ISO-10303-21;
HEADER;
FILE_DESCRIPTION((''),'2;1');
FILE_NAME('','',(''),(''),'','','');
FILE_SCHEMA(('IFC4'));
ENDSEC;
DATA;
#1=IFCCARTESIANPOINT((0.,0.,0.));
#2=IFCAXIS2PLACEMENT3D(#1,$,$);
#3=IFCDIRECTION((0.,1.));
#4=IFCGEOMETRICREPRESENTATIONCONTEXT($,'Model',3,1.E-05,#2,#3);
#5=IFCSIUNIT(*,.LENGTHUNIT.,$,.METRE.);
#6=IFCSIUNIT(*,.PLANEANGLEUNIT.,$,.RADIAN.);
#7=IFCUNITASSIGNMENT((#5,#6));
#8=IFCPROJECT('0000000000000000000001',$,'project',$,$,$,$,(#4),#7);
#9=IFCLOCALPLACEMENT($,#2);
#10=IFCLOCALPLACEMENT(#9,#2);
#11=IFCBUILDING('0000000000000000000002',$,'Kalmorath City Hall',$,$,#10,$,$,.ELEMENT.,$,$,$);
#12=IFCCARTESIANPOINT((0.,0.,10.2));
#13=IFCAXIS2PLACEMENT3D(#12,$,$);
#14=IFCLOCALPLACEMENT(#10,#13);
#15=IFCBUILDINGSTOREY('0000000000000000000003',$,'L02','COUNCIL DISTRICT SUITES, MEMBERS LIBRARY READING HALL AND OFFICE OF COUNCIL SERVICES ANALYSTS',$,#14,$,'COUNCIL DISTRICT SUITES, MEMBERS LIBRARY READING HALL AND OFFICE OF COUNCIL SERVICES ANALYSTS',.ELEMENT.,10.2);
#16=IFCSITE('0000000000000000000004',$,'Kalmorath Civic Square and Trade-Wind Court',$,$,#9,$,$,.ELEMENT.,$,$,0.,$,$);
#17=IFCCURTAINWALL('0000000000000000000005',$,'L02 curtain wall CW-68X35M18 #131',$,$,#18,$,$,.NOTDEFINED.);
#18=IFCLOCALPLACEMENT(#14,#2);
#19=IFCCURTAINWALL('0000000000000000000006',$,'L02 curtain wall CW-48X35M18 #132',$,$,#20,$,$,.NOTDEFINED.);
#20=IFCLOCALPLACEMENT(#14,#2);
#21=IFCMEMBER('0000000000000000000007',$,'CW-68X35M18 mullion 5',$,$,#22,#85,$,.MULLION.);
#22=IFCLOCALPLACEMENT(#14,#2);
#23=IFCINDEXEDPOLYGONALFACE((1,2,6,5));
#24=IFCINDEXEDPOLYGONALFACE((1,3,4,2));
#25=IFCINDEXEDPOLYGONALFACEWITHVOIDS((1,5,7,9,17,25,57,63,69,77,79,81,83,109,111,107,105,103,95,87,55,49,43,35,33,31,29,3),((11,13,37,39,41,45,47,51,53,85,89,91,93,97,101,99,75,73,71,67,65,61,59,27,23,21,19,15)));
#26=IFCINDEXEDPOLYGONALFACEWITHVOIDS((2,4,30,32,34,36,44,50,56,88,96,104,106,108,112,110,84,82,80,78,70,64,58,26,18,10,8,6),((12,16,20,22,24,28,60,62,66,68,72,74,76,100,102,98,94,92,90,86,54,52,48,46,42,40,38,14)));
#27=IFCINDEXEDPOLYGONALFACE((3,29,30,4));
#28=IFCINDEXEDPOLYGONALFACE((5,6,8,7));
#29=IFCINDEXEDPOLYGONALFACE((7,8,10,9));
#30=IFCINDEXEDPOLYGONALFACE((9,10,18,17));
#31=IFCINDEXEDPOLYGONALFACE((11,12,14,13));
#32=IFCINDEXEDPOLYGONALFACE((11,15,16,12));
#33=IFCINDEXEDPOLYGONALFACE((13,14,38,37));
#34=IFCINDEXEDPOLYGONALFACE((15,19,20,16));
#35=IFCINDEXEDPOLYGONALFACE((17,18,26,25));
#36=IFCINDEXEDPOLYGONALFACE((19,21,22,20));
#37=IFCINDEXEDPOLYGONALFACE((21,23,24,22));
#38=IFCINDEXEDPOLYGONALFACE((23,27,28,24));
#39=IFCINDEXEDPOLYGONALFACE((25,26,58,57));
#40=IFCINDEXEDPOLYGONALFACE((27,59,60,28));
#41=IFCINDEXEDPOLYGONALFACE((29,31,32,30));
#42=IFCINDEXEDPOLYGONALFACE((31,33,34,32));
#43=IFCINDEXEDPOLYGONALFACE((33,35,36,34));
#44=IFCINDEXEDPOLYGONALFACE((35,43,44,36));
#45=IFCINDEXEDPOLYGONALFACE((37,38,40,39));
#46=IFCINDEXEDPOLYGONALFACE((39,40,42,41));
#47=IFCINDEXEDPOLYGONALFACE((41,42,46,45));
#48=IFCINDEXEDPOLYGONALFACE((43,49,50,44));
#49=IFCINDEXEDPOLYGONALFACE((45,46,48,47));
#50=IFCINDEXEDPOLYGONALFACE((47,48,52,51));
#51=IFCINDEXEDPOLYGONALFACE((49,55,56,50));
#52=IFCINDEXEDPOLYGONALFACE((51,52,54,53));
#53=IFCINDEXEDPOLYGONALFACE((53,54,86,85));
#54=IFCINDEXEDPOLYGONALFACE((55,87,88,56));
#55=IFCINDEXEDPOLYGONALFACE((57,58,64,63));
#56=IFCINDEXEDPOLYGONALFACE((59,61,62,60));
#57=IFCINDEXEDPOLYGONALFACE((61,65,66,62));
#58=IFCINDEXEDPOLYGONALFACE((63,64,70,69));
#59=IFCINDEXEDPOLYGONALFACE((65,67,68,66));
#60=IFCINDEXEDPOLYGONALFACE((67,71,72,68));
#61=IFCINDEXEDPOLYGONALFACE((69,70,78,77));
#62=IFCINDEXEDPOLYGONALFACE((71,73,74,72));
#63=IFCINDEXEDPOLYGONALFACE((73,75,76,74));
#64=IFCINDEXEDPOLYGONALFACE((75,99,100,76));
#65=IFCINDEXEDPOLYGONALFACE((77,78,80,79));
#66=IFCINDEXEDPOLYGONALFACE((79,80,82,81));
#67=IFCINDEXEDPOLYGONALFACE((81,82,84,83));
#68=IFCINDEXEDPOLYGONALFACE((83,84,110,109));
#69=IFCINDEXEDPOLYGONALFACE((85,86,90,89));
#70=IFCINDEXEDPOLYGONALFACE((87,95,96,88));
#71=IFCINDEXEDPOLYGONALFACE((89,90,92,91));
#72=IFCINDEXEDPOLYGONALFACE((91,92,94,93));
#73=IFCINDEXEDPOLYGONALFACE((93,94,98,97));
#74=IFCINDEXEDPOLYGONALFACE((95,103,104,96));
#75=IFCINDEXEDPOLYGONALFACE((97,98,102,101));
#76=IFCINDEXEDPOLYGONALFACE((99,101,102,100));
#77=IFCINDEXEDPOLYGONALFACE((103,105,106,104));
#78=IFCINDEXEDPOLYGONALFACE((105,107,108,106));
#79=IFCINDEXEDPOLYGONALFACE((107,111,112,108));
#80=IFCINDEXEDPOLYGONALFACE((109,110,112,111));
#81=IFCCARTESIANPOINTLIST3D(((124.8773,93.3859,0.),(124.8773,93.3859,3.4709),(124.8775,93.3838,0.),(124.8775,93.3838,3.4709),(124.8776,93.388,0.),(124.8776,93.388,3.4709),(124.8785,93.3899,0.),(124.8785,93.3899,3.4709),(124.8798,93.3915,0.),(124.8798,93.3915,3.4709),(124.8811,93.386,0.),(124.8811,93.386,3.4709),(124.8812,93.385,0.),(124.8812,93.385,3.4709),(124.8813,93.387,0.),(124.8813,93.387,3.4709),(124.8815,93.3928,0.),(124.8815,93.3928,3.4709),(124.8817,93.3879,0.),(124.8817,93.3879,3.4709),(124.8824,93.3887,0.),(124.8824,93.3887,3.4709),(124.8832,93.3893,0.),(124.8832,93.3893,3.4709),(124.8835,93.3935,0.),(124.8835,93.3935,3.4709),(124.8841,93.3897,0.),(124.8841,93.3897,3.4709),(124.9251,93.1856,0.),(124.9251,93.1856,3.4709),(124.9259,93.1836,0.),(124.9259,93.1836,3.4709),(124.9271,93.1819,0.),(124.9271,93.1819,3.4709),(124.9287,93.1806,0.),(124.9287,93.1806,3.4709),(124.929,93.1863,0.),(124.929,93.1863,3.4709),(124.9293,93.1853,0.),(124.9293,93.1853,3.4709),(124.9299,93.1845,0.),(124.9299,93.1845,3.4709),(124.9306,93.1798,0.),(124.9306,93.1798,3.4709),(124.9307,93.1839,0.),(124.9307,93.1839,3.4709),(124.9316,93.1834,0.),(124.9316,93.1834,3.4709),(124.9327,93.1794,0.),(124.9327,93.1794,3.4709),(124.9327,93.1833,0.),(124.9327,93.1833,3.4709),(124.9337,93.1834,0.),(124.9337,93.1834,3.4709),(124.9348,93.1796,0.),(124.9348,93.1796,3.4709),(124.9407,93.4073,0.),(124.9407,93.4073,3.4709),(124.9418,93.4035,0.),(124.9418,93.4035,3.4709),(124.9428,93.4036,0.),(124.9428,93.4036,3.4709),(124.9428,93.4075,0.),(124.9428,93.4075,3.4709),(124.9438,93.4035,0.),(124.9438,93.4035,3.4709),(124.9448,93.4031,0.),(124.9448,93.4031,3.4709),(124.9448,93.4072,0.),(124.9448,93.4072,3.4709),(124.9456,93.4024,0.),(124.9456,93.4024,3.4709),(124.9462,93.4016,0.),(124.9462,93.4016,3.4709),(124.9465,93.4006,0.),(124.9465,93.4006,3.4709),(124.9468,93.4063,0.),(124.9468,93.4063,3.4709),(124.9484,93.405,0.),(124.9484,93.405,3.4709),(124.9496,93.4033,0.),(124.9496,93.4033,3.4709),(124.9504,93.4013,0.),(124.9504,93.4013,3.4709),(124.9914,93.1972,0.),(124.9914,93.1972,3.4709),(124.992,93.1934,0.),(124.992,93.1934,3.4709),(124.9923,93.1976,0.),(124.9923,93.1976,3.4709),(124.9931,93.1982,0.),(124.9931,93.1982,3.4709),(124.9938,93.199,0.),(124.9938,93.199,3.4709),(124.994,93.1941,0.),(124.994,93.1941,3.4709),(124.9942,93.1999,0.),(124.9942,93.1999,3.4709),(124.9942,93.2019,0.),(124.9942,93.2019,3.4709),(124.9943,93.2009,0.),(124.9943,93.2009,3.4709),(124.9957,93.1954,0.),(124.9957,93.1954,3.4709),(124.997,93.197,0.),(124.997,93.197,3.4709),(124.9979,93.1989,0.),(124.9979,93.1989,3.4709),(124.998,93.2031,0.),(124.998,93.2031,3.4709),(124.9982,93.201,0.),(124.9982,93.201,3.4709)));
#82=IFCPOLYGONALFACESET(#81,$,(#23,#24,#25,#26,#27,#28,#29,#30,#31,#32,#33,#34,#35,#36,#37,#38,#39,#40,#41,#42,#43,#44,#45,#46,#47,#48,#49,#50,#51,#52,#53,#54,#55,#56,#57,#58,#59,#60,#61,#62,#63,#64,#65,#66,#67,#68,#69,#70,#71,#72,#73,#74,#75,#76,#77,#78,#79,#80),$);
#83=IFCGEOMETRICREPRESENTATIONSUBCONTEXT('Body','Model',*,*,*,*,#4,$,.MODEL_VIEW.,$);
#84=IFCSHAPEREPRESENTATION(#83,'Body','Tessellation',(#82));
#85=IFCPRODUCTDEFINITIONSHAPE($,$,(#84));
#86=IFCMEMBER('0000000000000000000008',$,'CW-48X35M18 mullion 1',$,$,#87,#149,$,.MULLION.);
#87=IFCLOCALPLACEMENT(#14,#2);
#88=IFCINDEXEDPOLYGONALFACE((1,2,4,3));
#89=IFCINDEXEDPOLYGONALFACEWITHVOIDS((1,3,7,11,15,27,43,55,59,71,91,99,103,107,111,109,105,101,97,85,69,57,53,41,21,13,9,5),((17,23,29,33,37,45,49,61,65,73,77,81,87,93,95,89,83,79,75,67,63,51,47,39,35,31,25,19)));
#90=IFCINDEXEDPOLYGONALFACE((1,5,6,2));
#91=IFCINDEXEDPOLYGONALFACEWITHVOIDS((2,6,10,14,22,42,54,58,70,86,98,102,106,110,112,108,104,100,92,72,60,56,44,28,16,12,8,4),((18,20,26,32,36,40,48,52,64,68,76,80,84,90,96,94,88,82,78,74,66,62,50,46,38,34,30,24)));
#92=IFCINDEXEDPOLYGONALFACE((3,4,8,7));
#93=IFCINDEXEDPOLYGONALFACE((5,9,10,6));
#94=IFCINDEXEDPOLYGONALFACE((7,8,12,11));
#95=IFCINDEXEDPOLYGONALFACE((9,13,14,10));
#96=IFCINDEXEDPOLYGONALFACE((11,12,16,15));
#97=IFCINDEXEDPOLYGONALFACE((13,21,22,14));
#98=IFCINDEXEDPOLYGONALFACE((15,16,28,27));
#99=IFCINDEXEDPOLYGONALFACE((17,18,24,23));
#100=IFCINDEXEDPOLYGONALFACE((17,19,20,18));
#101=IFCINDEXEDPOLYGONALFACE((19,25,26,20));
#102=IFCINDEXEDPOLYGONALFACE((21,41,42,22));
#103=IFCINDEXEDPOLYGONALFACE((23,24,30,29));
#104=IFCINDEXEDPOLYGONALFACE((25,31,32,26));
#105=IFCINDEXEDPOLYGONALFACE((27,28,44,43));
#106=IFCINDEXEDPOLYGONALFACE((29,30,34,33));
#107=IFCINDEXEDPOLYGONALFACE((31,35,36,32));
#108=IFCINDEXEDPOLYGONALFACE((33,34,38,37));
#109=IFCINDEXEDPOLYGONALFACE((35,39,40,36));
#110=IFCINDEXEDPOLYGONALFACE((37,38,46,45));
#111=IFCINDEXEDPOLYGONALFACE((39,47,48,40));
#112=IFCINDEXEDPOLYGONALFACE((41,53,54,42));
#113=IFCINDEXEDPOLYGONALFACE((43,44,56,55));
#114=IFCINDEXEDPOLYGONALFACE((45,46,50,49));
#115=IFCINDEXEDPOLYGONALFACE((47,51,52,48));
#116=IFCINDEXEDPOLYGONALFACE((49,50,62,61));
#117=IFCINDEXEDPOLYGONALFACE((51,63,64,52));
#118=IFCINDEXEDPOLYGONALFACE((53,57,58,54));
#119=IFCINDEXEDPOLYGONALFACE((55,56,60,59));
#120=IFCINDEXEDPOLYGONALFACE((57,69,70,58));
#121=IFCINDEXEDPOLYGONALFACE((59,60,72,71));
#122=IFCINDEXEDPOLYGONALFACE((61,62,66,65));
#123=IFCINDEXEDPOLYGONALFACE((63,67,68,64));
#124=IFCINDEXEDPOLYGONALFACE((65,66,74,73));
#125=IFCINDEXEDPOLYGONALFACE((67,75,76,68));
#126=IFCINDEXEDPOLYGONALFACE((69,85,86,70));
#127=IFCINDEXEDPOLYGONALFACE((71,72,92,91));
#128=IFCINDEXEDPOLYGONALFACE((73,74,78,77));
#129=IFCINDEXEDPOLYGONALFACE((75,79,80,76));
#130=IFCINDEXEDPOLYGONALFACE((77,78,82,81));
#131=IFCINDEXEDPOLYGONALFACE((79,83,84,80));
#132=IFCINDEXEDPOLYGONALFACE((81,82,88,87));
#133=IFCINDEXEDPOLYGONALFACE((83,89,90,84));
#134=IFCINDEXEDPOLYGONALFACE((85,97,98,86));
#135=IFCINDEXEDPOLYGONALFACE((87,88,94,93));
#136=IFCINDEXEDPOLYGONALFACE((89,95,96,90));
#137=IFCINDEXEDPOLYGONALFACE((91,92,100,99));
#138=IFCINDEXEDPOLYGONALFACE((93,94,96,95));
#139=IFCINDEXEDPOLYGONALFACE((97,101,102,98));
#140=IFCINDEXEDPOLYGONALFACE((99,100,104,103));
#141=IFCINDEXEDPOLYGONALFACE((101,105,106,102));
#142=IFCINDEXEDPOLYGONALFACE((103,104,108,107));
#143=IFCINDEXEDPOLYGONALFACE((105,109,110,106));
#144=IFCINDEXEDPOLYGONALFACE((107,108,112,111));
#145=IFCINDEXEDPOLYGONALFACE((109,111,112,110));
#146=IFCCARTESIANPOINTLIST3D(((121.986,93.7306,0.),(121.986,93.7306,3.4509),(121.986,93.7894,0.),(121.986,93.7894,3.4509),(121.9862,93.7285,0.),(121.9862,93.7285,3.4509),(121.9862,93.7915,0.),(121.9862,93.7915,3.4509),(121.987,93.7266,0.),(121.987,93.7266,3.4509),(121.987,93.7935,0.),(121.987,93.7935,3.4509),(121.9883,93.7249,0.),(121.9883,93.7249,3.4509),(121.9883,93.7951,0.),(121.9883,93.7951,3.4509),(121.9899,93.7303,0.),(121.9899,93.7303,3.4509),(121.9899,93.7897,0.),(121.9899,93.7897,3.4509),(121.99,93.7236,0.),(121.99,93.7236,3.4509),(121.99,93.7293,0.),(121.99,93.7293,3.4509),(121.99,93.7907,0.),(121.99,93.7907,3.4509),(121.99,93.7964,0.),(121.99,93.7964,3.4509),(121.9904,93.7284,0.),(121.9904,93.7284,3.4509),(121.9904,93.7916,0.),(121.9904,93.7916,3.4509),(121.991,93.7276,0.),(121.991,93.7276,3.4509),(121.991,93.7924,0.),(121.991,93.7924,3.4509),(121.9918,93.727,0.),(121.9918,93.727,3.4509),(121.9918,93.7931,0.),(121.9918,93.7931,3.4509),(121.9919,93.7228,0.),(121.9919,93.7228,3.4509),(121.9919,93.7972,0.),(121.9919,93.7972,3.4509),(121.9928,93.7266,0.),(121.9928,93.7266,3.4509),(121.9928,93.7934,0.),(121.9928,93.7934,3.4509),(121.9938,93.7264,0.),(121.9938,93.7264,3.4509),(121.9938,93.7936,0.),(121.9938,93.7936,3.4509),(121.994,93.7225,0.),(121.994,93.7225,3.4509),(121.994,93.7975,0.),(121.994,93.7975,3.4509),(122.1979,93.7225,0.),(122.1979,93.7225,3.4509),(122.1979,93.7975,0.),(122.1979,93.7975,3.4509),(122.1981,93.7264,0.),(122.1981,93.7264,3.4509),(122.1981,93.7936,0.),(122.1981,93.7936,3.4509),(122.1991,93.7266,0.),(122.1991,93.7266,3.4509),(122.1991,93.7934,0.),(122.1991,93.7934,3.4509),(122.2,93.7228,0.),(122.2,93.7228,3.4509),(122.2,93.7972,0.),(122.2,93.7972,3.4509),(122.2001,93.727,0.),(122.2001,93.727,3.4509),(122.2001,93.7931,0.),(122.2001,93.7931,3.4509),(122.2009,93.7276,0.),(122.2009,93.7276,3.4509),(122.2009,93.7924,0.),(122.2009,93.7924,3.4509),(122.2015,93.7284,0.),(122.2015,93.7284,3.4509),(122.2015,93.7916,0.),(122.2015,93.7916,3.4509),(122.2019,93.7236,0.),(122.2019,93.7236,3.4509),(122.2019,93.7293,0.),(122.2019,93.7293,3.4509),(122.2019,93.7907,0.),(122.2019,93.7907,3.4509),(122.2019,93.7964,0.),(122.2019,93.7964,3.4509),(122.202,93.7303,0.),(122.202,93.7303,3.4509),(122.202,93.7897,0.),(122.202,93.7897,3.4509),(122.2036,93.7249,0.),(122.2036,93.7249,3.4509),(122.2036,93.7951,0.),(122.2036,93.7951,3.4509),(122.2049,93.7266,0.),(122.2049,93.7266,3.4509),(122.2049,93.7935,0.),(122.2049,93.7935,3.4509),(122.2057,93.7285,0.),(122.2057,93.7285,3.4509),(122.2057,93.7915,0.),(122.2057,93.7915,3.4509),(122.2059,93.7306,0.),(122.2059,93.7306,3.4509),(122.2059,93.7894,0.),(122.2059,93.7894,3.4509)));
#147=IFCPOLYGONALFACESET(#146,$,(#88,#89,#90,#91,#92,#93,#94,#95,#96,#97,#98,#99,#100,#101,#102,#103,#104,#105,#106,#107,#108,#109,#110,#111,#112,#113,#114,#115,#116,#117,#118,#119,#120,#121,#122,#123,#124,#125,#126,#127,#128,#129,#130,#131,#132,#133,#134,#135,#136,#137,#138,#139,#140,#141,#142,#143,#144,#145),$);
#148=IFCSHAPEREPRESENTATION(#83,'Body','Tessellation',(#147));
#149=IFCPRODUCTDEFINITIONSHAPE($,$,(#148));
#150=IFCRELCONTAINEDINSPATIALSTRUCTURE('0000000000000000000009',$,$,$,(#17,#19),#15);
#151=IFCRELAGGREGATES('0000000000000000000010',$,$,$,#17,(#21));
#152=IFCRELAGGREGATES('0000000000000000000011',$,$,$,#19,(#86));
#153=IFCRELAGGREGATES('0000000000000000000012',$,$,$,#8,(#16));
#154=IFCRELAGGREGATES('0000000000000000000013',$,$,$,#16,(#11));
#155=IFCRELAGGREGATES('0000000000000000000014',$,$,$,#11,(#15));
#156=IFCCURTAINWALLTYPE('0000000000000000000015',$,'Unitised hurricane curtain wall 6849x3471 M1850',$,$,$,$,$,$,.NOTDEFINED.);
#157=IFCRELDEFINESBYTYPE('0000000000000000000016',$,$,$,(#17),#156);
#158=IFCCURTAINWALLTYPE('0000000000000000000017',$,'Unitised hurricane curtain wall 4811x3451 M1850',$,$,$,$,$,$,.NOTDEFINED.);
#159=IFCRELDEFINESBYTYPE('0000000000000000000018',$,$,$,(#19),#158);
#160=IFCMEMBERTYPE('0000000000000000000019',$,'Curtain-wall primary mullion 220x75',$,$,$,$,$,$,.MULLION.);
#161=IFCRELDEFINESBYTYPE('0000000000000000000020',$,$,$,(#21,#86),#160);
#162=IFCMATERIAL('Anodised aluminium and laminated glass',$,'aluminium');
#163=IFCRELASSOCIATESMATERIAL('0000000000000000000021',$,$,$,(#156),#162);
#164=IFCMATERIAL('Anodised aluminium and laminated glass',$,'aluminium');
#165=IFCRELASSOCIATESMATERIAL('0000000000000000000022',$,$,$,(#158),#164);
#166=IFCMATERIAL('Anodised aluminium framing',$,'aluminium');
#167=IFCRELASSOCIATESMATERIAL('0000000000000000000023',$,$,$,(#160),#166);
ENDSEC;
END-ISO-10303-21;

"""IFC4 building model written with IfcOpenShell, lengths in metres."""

from ifc_helpers import new_model, si_unit, direction, frame, origin, origin_2d, place, context, subcontext, project, spatial, hollow_rectangle, extrude, material, material_profile, profile_set, type_object, element, aggregate, save


model = new_model("IFC4")

# Units and contexts
model_context = context("Model", 3, precision=1e-05, world=origin(), true_north=direction((0.0, 1.0)))
body_context = subcontext(model_context, "Body", "Model", "MODEL_VIEW")
ifc_project = project(units=[si_unit("LENGTHUNIT", "METRE"), si_unit("PLANEANGLEUNIT", "RADIAN")], contexts=[model_context])

# Site, building, storey
site_placement = place(None, origin())
site = spatial("IfcSite", under=ifc_project, at=site_placement, Name="Kalmorath Civic Square and Trade-Wind Court", CompositionType="ELEMENT", RefElevation=0.0)
building_placement = place(site_placement, origin())
building = spatial("IfcBuilding", under=site, at=building_placement, Name="Kalmorath City Hall", CompositionType="ELEMENT")
storey_placement = place(building_placement, frame((0.0, 0.0, 10.2)))
storey = spatial("IfcBuildingStorey", under=building, at=storey_placement, Name="L02", Description="COUNCIL DISTRICT SUITES, MEMBERS LIBRARY READING HALL AND OFFICE OF COUNCIL SERVICES ANALYSTS", LongName="COUNCIL DISTRICT SUITES, MEMBERS LIBRARY READING HALL AND OFFICE OF COUNCIL SERVICES ANALYSTS", CompositionType="ELEMENT", Elevation=10.2)

# Curtain walls
ifc_material_1 = material(Name="Anodised aluminium and laminated glass", Category="aluminium")
curtain_wall_type_1 = type_object("IfcCurtainWallType", Name="Unitised hurricane curtain wall 6849x3471 M1850", PredefinedType="NOTDEFINED", material=ifc_material_1)
curtain_wall_1_placement = place(storey_placement, origin())
curtain_wall_1 = element("IfcCurtainWall", 1, at=curtain_wall_1_placement, inside=storey, type_object=curtain_wall_type_1, Name="L02 curtain wall CW-68X35M18 #131", PredefinedType="NOTDEFINED")
ifc_material_2 = material(Name="Anodised aluminium and laminated glass", Category="aluminium")
curtain_wall_type_2 = type_object("IfcCurtainWallType", Name="Unitised hurricane curtain wall 4811x3451 M1850", PredefinedType="NOTDEFINED", material=ifc_material_2)
curtain_wall_2_placement = place(storey_placement, origin())
curtain_wall_2 = element("IfcCurtainWall", 2, at=curtain_wall_2_placement, inside=storey, type_object=curtain_wall_type_2, Name="L02 curtain wall CW-48X35M18 #132", PredefinedType="NOTDEFINED")

# Members
ifc_material_3 = material(Name="Anodised aluminium framing", Category="aluminium")
ifc_material_profile_1 = material_profile(ifc_material_3, hollow_rectangle(XDim=0.075, YDim=0.22, WallThickness=0.0039, InnerFilletRadius=0.0039, OuterFilletRadius=0.0081, at=origin_2d()), Name="ALU-MUL-220X75X4")
ifc_profile_set_1 = profile_set([ifc_material_profile_1], Name="Anodised aluminium framing")
member_type_1 = type_object("IfcMemberType", Name="Curtain-wall primary mullion 220x75", PredefinedType="MULLION", material=ifc_profile_set_1)
member_1_placement = place(storey_placement, frame((124.9377, 93.2935, 0.0), z_axis=(0.0, 0.0, 1.0), x_axis=(-0.972367, -0.233456, 0.0)))
member_1 = element("IfcMember", 3, at=member_1_placement, type_object=member_type_1, Name="CW-68X35M18 mullion 5", PredefinedType="MULLION", context=body_context, shape_type="SweptSolid", body=[
    extrude(hollow_rectangle(XDim=0.075, YDim=0.22, WallThickness=0.0039, InnerFilletRadius=0.0039, OuterFilletRadius=0.0081, at=origin_2d()), origin(), (0.0, 0.0, 1.0), 3.4709),
])
member_2_placement = place(storey_placement, frame((122.0959, 93.76, 0.0), z_axis=(0.0, 0.0, 1.0), x_axis=(0.0, -1.0, 0.0)))
member_2 = element("IfcMember", 4, at=member_2_placement, type_object=member_type_1, Name="CW-48X35M18 mullion 1", PredefinedType="MULLION", context=body_context, shape_type="SweptSolid", body=[
    extrude(hollow_rectangle(XDim=0.075, YDim=0.22, WallThickness=0.0039, InnerFilletRadius=0.0039, OuterFilletRadius=0.0081, at=origin_2d()), origin(), (0.0, 0.0, 1.0), 3.4509),
])

aggregate(curtain_wall_1, [member_1])
aggregate(curtain_wall_2, [member_2])

save(model, "model.ifc")
